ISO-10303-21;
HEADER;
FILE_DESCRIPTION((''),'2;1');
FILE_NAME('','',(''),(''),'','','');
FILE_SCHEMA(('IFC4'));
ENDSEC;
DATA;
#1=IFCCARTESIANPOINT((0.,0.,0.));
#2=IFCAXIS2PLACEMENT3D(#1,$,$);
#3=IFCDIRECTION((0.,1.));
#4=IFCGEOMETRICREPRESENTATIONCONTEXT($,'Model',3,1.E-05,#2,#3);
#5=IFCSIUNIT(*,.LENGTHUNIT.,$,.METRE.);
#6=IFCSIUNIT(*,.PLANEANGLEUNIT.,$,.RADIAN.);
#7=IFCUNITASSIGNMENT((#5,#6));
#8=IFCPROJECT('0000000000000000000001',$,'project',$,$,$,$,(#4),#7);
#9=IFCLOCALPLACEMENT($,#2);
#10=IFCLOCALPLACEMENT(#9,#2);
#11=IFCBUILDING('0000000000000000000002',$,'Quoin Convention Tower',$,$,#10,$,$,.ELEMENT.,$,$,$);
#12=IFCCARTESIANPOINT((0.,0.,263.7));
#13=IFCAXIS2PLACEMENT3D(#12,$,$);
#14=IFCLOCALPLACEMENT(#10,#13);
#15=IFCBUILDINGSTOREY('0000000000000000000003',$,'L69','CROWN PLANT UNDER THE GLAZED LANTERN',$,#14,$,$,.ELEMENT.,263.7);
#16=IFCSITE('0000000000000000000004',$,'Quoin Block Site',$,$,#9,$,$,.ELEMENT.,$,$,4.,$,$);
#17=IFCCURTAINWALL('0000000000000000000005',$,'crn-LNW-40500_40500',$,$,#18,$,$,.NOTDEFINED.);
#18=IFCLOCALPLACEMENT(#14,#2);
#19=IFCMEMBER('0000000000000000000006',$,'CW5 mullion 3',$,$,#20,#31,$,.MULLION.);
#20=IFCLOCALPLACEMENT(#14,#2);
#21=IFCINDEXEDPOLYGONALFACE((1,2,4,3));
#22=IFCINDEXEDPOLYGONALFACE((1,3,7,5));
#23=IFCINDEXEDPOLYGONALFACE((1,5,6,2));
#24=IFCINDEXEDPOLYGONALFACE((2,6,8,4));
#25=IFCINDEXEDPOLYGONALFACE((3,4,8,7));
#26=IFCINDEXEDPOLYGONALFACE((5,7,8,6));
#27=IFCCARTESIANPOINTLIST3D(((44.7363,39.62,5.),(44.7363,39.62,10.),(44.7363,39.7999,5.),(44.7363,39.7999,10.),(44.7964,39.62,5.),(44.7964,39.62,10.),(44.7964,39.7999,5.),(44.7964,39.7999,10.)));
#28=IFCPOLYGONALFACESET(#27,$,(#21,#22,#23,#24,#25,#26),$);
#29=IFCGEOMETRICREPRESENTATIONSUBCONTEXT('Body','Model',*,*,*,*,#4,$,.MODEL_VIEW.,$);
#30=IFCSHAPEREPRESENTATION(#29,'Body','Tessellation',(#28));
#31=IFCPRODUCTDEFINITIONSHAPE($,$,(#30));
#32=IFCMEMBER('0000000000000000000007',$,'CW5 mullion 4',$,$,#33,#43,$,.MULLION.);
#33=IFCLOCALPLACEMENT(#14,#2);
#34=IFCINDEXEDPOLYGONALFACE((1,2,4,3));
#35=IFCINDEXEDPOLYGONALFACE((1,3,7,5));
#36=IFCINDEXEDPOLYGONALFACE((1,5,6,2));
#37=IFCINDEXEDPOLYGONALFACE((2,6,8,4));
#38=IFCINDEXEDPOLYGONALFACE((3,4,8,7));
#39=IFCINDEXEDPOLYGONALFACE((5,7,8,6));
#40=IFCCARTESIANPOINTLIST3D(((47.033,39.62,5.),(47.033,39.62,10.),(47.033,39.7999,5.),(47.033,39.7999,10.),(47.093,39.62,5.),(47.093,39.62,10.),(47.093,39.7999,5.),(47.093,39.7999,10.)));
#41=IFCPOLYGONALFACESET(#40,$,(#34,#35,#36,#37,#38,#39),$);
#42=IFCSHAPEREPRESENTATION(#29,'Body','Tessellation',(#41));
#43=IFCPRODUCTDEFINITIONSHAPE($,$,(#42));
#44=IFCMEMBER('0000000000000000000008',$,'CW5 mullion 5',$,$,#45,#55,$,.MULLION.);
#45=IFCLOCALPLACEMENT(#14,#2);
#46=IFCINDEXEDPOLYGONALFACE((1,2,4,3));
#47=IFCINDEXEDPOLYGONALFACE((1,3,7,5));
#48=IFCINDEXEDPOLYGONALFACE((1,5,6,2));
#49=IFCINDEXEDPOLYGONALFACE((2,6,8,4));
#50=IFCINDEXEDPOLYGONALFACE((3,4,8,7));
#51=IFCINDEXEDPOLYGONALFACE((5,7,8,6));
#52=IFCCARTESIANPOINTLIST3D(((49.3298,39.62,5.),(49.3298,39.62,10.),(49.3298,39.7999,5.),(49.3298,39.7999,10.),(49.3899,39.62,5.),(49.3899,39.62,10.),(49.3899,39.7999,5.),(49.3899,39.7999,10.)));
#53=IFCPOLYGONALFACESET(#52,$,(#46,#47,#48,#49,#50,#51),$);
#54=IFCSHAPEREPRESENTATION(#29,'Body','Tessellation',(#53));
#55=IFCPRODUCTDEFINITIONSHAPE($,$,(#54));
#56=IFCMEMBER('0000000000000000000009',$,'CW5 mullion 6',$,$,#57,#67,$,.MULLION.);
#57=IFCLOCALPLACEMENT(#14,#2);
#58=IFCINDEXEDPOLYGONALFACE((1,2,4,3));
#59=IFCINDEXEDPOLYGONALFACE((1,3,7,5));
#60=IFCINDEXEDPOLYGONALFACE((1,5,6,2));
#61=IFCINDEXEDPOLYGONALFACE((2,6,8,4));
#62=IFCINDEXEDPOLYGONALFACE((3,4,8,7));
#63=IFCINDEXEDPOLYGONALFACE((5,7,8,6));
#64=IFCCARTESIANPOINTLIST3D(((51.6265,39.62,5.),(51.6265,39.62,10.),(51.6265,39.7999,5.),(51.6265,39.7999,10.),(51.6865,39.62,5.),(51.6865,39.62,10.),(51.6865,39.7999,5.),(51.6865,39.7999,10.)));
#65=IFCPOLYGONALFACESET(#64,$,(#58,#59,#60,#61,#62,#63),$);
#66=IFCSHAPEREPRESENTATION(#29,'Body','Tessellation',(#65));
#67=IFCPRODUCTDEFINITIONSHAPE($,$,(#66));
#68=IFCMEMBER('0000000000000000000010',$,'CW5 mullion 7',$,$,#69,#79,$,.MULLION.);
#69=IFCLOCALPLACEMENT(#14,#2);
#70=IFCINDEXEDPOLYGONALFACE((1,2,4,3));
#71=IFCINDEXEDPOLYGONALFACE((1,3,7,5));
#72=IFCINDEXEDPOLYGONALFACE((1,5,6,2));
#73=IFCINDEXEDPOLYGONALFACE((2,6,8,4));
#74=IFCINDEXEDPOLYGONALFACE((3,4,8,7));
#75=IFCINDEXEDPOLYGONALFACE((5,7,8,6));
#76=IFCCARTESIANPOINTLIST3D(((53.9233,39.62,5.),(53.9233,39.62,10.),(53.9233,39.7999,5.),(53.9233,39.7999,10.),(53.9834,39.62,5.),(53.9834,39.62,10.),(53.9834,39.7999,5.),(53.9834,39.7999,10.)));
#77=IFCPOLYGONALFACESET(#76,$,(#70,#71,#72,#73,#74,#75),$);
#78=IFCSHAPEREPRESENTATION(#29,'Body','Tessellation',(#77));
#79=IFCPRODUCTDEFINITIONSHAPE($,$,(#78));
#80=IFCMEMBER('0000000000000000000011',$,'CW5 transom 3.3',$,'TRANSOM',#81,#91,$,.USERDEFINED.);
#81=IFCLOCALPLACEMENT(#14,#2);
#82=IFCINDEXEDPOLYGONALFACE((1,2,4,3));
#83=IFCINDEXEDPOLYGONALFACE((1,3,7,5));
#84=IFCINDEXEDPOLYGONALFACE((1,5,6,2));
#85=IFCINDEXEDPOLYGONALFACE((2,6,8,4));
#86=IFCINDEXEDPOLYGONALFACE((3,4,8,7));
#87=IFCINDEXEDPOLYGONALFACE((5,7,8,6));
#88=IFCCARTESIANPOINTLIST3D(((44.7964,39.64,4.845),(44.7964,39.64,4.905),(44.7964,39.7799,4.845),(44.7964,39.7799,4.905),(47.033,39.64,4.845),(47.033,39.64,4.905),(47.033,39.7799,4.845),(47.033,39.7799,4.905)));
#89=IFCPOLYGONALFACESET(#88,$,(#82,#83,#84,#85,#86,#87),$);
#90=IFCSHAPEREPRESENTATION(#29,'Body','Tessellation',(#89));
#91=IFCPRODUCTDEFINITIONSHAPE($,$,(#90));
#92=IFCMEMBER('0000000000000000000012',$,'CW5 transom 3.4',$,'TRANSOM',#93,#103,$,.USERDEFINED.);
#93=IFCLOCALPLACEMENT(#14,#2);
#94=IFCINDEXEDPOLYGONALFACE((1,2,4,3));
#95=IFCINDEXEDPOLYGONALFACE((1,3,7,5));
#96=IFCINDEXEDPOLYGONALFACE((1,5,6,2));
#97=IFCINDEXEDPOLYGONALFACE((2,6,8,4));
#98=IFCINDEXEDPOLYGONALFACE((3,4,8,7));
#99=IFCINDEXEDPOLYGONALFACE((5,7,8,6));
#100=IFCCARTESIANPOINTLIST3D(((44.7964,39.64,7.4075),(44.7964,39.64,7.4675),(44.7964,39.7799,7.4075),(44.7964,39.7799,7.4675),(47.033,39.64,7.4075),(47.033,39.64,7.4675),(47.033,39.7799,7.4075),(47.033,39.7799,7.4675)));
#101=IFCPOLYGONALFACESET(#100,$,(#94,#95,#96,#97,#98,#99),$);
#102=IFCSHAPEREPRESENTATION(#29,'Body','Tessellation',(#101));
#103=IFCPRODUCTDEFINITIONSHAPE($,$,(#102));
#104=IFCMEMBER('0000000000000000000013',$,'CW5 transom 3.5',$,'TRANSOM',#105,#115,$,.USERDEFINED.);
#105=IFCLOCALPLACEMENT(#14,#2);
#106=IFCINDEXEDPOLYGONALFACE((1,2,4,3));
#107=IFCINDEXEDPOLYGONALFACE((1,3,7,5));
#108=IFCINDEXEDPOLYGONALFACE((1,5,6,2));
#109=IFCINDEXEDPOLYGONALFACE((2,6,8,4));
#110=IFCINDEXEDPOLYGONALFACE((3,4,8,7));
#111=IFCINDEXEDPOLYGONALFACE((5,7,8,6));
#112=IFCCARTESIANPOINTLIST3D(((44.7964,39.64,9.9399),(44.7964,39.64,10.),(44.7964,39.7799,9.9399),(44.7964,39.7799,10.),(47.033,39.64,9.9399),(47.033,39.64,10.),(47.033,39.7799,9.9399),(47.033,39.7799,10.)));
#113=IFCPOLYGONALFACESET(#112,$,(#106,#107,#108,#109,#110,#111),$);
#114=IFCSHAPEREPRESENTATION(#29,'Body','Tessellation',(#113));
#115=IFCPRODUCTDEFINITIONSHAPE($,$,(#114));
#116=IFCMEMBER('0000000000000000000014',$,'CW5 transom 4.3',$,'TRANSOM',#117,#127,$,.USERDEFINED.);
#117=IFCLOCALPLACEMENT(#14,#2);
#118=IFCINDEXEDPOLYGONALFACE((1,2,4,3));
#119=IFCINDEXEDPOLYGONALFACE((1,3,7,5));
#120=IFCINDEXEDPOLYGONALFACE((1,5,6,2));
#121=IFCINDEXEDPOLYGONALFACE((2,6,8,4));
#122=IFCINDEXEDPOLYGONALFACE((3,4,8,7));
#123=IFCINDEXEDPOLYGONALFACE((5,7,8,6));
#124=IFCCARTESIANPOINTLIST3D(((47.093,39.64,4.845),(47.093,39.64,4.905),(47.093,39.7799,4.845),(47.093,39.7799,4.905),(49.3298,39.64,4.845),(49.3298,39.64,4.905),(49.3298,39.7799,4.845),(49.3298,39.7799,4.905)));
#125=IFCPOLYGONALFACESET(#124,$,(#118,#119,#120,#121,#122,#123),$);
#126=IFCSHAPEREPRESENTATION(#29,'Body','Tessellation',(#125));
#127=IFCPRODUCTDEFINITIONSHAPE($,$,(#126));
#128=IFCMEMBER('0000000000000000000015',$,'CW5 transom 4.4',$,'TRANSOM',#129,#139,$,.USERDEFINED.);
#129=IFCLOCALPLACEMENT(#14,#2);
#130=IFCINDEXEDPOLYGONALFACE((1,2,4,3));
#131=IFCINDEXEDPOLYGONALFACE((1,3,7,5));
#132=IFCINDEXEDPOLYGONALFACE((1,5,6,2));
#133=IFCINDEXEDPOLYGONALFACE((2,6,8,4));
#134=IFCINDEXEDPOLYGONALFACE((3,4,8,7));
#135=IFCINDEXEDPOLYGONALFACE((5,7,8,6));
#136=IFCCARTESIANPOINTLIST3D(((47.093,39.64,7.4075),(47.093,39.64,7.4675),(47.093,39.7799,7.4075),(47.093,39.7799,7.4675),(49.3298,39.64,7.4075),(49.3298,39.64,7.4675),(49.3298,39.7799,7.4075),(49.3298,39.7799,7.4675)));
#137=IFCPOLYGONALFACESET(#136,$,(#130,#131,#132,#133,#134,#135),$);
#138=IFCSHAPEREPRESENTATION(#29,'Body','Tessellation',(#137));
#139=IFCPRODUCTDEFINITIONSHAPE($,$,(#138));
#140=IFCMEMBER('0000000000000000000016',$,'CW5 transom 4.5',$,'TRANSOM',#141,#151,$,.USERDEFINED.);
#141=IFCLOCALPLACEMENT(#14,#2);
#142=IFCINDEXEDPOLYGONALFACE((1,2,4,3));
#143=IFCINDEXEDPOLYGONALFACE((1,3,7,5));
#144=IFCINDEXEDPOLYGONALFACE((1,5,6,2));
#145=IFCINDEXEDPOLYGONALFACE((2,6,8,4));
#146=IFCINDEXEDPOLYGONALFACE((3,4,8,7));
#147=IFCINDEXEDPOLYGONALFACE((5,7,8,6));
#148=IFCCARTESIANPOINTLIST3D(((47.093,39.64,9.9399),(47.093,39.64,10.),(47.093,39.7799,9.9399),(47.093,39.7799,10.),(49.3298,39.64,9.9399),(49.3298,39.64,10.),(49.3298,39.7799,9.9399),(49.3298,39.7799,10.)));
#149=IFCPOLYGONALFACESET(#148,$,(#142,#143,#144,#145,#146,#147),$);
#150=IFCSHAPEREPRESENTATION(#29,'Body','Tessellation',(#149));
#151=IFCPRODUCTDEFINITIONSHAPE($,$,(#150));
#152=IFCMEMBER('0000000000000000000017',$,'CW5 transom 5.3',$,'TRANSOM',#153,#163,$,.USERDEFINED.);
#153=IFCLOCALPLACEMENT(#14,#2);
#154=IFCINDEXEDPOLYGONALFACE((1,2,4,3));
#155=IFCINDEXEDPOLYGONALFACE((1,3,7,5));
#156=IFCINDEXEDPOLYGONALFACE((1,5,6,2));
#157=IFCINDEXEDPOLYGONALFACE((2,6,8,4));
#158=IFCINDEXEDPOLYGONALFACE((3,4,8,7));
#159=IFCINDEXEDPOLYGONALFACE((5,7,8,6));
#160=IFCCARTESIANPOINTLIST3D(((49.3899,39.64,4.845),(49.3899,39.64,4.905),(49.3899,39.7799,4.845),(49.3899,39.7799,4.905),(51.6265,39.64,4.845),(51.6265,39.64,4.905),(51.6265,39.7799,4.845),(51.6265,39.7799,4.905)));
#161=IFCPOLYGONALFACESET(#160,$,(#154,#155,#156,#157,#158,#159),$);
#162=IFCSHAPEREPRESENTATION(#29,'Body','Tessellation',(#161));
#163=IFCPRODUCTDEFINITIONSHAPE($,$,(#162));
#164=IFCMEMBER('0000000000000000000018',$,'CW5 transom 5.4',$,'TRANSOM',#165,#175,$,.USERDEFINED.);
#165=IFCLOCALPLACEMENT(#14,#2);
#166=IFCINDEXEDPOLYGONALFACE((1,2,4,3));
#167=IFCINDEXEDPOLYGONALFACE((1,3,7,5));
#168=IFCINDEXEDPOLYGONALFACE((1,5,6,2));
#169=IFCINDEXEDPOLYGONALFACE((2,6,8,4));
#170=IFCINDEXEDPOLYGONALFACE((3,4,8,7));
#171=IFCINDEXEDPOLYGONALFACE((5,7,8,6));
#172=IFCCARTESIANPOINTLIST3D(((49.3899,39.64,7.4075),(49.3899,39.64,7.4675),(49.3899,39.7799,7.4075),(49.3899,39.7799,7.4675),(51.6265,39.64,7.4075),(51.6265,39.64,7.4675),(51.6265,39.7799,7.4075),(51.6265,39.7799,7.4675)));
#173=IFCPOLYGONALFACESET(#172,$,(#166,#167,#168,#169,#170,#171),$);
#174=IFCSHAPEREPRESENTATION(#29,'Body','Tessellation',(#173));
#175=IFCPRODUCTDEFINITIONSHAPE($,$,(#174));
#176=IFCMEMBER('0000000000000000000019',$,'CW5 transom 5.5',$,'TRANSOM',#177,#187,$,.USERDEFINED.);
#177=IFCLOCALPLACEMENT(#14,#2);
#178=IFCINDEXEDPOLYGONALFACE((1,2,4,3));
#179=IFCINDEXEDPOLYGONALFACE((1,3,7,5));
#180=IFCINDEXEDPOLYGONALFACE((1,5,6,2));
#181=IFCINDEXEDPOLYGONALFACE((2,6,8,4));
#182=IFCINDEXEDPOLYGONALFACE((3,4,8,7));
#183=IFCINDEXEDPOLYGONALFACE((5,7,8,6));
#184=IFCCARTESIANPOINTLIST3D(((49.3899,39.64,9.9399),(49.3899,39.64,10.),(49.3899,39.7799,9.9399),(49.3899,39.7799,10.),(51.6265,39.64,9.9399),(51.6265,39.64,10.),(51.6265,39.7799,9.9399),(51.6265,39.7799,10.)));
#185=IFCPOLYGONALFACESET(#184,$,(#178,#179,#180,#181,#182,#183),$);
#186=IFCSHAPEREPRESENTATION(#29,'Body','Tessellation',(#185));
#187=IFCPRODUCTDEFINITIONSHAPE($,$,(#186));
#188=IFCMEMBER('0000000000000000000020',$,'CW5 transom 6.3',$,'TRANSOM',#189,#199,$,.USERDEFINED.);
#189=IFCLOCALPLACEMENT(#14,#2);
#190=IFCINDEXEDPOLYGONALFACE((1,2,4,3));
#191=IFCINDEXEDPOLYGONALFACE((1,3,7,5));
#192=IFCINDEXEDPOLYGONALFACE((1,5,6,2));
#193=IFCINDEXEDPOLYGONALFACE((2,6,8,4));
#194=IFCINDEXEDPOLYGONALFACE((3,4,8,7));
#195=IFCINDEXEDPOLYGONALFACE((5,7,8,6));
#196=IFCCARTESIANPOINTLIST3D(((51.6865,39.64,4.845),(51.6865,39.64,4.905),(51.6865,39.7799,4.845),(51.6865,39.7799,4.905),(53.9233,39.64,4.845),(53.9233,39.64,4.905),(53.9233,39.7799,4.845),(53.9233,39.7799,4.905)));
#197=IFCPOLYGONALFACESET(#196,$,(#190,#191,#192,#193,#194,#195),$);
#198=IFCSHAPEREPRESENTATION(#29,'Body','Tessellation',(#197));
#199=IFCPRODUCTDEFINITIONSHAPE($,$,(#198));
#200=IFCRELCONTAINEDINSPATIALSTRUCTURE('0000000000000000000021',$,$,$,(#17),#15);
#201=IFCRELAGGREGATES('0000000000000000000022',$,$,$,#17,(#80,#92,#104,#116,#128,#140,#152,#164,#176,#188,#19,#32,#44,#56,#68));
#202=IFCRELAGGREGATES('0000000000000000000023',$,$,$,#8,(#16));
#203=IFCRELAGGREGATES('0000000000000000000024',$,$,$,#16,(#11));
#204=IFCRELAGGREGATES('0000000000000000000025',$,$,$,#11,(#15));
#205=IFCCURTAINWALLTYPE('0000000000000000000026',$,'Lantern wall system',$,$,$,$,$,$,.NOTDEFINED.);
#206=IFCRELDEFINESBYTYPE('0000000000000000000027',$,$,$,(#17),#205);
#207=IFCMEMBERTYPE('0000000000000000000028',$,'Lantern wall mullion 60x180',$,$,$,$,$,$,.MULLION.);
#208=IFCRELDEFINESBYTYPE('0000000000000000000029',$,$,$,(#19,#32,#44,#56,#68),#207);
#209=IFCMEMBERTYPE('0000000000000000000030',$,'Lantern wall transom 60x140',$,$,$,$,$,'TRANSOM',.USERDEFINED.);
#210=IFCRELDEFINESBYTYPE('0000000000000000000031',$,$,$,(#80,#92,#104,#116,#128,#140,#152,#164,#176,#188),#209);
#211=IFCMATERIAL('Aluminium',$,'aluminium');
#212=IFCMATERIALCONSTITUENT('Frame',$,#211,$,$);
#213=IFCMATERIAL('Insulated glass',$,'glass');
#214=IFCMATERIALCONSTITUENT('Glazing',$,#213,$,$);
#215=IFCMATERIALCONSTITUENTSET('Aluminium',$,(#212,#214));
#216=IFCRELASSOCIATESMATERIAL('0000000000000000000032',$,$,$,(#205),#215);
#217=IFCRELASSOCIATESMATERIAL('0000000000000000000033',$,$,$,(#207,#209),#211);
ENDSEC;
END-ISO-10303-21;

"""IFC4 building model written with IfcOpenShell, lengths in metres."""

from ifc_helpers import new_model, si_unit, direction, frame, origin, origin_2d, place, context, subcontext, project, spatial, rectangle, extrude, material, constituent, constituent_set, material_profile, profile_set, type_object, element, aggregate, save


model = new_model("IFC4")

# Units and contexts
model_context = context("Model", 3, precision=1e-05, world=origin(), true_north=direction((0.0, 1.0)))
body_context = subcontext(model_context, "Body", "Model", "MODEL_VIEW")
ifc_project = project(units=[si_unit("LENGTHUNIT", "METRE"), si_unit("PLANEANGLEUNIT", "RADIAN")], contexts=[model_context])

# Site, building, storey
site_placement = place(None, origin())
site = spatial("IfcSite", under=ifc_project, at=site_placement, Name="Quoin Block Site", CompositionType="ELEMENT", RefElevation=4.0)
building_placement = place(site_placement, origin())
building = spatial("IfcBuilding", under=site, at=building_placement, Name="Quoin Convention Tower", CompositionType="ELEMENT")
storey_placement = place(building_placement, frame((0.0, 0.0, 263.7)))
storey = spatial("IfcBuildingStorey", under=building, at=storey_placement, Name="L69", Description="CROWN PLANT UNDER THE GLAZED LANTERN", CompositionType="ELEMENT", Elevation=263.7)

# Curtain wall, members
ifc_material_1 = material(Name="Aluminium", Category="aluminium")
ifc_constituent_1 = constituent(ifc_material_1, Name="Frame")
ifc_material_2 = material(Name="Insulated glass", Category="glass")
ifc_constituent_2 = constituent(ifc_material_2, Name="Glazing")
ifc_constituent_set = constituent_set(constituents=[ifc_constituent_1, ifc_constituent_2], Name="Aluminium")
curtain_wall_type = type_object("IfcCurtainWallType", Name="Lantern wall system", PredefinedType="NOTDEFINED", material=ifc_constituent_set)
curtain_wall_placement = place(storey_placement, origin())
curtain_wall = element("IfcCurtainWall", 1, at=curtain_wall_placement, inside=storey, type_object=curtain_wall_type, Name="crn-LNW-40500_40500", PredefinedType="NOTDEFINED")
ifc_material_profile_1 = material_profile(ifc_material_1, rectangle(XDim=0.1799, YDim=0.0601, at=origin_2d()), Name="Lantern wall mullion 60x180")
ifc_profile_set_1 = profile_set([ifc_material_profile_1], Name="Aluminium")
member_type_1 = type_object("IfcMemberType", Name="Lantern wall mullion 60x180", PredefinedType="MULLION", material=ifc_profile_set_1)
member_1_placement = place(storey_placement, frame((44.7664, 39.71, 5.0), z_axis=(0.0, 0.0, 1.0), x_axis=(0.0, 1.0, 0.0)))
member_1 = element("IfcMember", 2, at=member_1_placement, type_object=member_type_1, Name="CW5 mullion 3", PredefinedType="MULLION", context=body_context, shape_type="SweptSolid", body=[
    extrude(rectangle(XDim=0.1799, YDim=0.0601, at=origin_2d()), origin(), (0.0, 0.0, 1.0), 5.0),
])
member_2_placement = place(storey_placement, frame((47.063, 39.71, 5.0), z_axis=(0.0, 0.0, 1.0), x_axis=(0.0, 1.0, 0.0)))
member_2 = element("IfcMember", 3, at=member_2_placement, type_object=member_type_1, Name="CW5 mullion 4", PredefinedType="MULLION", context=body_context, shape_type="SweptSolid", body=[
    extrude(rectangle(XDim=0.1799, YDim=0.0601, at=origin_2d()), origin(), (0.0, 0.0, 1.0), 5.0),
])
member_3_placement = place(storey_placement, frame((49.3599, 39.71, 5.0), z_axis=(0.0, 0.0, 1.0), x_axis=(0.0, 1.0, 0.0)))
member_3 = element("IfcMember", 4, at=member_3_placement, type_object=member_type_1, Name="CW5 mullion 5", PredefinedType="MULLION", context=body_context, shape_type="SweptSolid", body=[
    extrude(rectangle(XDim=0.1799, YDim=0.0601, at=origin_2d()), origin(), (0.0, 0.0, 1.0), 5.0),
])
member_4_placement = place(storey_placement, frame((51.6565, 39.71, 5.0), z_axis=(0.0, 0.0, 1.0), x_axis=(0.0, 1.0, 0.0)))
member_4 = element("IfcMember", 5, at=member_4_placement, type_object=member_type_1, Name="CW5 mullion 6", PredefinedType="MULLION", context=body_context, shape_type="SweptSolid", body=[
    extrude(rectangle(XDim=0.1799, YDim=0.0601, at=origin_2d()), origin(), (0.0, 0.0, 1.0), 5.0),
])
member_5_placement = place(storey_placement, frame((53.9534, 39.71, 5.0), z_axis=(0.0, 0.0, 1.0), x_axis=(0.0, 1.0, 0.0)))
member_5 = element("IfcMember", 6, at=member_5_placement, type_object=member_type_1, Name="CW5 mullion 7", PredefinedType="MULLION", context=body_context, shape_type="SweptSolid", body=[
    extrude(rectangle(XDim=0.1799, YDim=0.0601, at=origin_2d()), origin(), (0.0, 0.0, 1.0), 5.0),
])
ifc_material_profile_2 = material_profile(ifc_material_1, rectangle(XDim=0.1399, YDim=0.0601, at=origin_2d()), Name="Lantern wall transom 60x140")
ifc_profile_set_2 = profile_set([ifc_material_profile_2], Name="Aluminium")
member_type_2 = type_object("IfcMemberType", Name="Lantern wall transom 60x140", ElementType="TRANSOM", PredefinedType="USERDEFINED", material=ifc_profile_set_2)
member_6_placement = place(storey_placement, frame((44.7964, 39.71, 4.875), z_axis=(1.0, 0.0, 0.0), x_axis=(0.0, 1.0, 0.0)))
member_6 = element("IfcMember", 7, at=member_6_placement, type_object=member_type_2, Name="CW5 transom 3.3", ObjectType="TRANSOM", PredefinedType="USERDEFINED", context=body_context, shape_type="SweptSolid", body=[
    extrude(rectangle(XDim=0.1399, YDim=0.0601, at=origin_2d()), origin(), (0.0, 0.0, 1.0), 2.2366),
])
member_7_placement = place(storey_placement, frame((44.7964, 39.71, 7.4375), z_axis=(1.0, 0.0, 0.0), x_axis=(0.0, 1.0, 0.0)))
member_7 = element("IfcMember", 8, at=member_7_placement, type_object=member_type_2, Name="CW5 transom 3.4", ObjectType="TRANSOM", PredefinedType="USERDEFINED", context=body_context, shape_type="SweptSolid", body=[
    extrude(rectangle(XDim=0.1399, YDim=0.0601, at=origin_2d()), origin(), (0.0, 0.0, 1.0), 2.2366),
])
member_8_placement = place(storey_placement, frame((44.7964, 39.71, 9.97), z_axis=(1.0, 0.0, 0.0), x_axis=(0.0, 1.0, 0.0)))
member_8 = element("IfcMember", 9, at=member_8_placement, type_object=member_type_2, Name="CW5 transom 3.5", ObjectType="TRANSOM", PredefinedType="USERDEFINED", context=body_context, shape_type="SweptSolid", body=[
    extrude(rectangle(XDim=0.1399, YDim=0.0601, at=origin_2d()), origin(), (0.0, 0.0, 1.0), 2.2366),
])
member_9_placement = place(storey_placement, frame((47.093, 39.71, 4.875), z_axis=(1.0, 0.0, 0.0), x_axis=(0.0, 1.0, 0.0)))
member_9 = element("IfcMember", 10, at=member_9_placement, type_object=member_type_2, Name="CW5 transom 4.3", ObjectType="TRANSOM", PredefinedType="USERDEFINED", context=body_context, shape_type="SweptSolid", body=[
    extrude(rectangle(XDim=0.1399, YDim=0.0601, at=origin_2d()), origin(), (0.0, 0.0, 1.0), 2.2368),
])
member_10_placement = place(storey_placement, frame((47.093, 39.71, 7.4375), z_axis=(1.0, 0.0, 0.0), x_axis=(0.0, 1.0, 0.0)))
member_10 = element("IfcMember", 11, at=member_10_placement, type_object=member_type_2, Name="CW5 transom 4.4", ObjectType="TRANSOM", PredefinedType="USERDEFINED", context=body_context, shape_type="SweptSolid", body=[
    extrude(rectangle(XDim=0.1399, YDim=0.0601, at=origin_2d()), origin(), (0.0, 0.0, 1.0), 2.2368),
])
member_11_placement = place(storey_placement, frame((47.093, 39.71, 9.97), z_axis=(1.0, 0.0, 0.0), x_axis=(0.0, 1.0, 0.0)))
member_11 = element("IfcMember", 12, at=member_11_placement, type_object=member_type_2, Name="CW5 transom 4.5", ObjectType="TRANSOM", PredefinedType="USERDEFINED", context=body_context, shape_type="SweptSolid", body=[
    extrude(rectangle(XDim=0.1399, YDim=0.0601, at=origin_2d()), origin(), (0.0, 0.0, 1.0), 2.2368),
])
member_12_placement = place(storey_placement, frame((49.3899, 39.71, 4.875), z_axis=(1.0, 0.0, 0.0), x_axis=(0.0, 1.0, 0.0)))
member_12 = element("IfcMember", 13, at=member_12_placement, type_object=member_type_2, Name="CW5 transom 5.3", ObjectType="TRANSOM", PredefinedType="USERDEFINED", context=body_context, shape_type="SweptSolid", body=[
    extrude(rectangle(XDim=0.1399, YDim=0.0601, at=origin_2d()), origin(), (0.0, 0.0, 1.0), 2.2366),
])
member_13_placement = place(storey_placement, frame((49.3899, 39.71, 7.4375), z_axis=(1.0, 0.0, 0.0), x_axis=(0.0, 1.0, 0.0)))
member_13 = element("IfcMember", 14, at=member_13_placement, type_object=member_type_2, Name="CW5 transom 5.4", ObjectType="TRANSOM", PredefinedType="USERDEFINED", context=body_context, shape_type="SweptSolid", body=[
    extrude(rectangle(XDim=0.1399, YDim=0.0601, at=origin_2d()), origin(), (0.0, 0.0, 1.0), 2.2366),
])
member_14_placement = place(storey_placement, frame((49.3899, 39.71, 9.97), z_axis=(1.0, 0.0, 0.0), x_axis=(0.0, 1.0, 0.0)))
member_14 = element("IfcMember", 15, at=member_14_placement, type_object=member_type_2, Name="CW5 transom 5.5", ObjectType="TRANSOM", PredefinedType="USERDEFINED", context=body_context, shape_type="SweptSolid", body=[
    extrude(rectangle(XDim=0.1399, YDim=0.0601, at=origin_2d()), origin(), (0.0, 0.0, 1.0), 2.2366),
])
member_15_placement = place(storey_placement, frame((51.6865, 39.71, 4.875), z_axis=(1.0, 0.0, 0.0), x_axis=(0.0, 1.0, 0.0)))
member_15 = element("IfcMember", 16, at=member_15_placement, type_object=member_type_2, Name="CW5 transom 6.3", ObjectType="TRANSOM", PredefinedType="USERDEFINED", context=body_context, shape_type="SweptSolid", body=[
    extrude(rectangle(XDim=0.1399, YDim=0.0601, at=origin_2d()), origin(), (0.0, 0.0, 1.0), 2.2368),
])
aggregate(curtain_wall, [member_6, member_7, member_8, member_9, member_10, member_11, member_12, member_13, member_14, member_15, member_1, member_2, member_3, member_4, member_5])

save(model, "model.ifc")
